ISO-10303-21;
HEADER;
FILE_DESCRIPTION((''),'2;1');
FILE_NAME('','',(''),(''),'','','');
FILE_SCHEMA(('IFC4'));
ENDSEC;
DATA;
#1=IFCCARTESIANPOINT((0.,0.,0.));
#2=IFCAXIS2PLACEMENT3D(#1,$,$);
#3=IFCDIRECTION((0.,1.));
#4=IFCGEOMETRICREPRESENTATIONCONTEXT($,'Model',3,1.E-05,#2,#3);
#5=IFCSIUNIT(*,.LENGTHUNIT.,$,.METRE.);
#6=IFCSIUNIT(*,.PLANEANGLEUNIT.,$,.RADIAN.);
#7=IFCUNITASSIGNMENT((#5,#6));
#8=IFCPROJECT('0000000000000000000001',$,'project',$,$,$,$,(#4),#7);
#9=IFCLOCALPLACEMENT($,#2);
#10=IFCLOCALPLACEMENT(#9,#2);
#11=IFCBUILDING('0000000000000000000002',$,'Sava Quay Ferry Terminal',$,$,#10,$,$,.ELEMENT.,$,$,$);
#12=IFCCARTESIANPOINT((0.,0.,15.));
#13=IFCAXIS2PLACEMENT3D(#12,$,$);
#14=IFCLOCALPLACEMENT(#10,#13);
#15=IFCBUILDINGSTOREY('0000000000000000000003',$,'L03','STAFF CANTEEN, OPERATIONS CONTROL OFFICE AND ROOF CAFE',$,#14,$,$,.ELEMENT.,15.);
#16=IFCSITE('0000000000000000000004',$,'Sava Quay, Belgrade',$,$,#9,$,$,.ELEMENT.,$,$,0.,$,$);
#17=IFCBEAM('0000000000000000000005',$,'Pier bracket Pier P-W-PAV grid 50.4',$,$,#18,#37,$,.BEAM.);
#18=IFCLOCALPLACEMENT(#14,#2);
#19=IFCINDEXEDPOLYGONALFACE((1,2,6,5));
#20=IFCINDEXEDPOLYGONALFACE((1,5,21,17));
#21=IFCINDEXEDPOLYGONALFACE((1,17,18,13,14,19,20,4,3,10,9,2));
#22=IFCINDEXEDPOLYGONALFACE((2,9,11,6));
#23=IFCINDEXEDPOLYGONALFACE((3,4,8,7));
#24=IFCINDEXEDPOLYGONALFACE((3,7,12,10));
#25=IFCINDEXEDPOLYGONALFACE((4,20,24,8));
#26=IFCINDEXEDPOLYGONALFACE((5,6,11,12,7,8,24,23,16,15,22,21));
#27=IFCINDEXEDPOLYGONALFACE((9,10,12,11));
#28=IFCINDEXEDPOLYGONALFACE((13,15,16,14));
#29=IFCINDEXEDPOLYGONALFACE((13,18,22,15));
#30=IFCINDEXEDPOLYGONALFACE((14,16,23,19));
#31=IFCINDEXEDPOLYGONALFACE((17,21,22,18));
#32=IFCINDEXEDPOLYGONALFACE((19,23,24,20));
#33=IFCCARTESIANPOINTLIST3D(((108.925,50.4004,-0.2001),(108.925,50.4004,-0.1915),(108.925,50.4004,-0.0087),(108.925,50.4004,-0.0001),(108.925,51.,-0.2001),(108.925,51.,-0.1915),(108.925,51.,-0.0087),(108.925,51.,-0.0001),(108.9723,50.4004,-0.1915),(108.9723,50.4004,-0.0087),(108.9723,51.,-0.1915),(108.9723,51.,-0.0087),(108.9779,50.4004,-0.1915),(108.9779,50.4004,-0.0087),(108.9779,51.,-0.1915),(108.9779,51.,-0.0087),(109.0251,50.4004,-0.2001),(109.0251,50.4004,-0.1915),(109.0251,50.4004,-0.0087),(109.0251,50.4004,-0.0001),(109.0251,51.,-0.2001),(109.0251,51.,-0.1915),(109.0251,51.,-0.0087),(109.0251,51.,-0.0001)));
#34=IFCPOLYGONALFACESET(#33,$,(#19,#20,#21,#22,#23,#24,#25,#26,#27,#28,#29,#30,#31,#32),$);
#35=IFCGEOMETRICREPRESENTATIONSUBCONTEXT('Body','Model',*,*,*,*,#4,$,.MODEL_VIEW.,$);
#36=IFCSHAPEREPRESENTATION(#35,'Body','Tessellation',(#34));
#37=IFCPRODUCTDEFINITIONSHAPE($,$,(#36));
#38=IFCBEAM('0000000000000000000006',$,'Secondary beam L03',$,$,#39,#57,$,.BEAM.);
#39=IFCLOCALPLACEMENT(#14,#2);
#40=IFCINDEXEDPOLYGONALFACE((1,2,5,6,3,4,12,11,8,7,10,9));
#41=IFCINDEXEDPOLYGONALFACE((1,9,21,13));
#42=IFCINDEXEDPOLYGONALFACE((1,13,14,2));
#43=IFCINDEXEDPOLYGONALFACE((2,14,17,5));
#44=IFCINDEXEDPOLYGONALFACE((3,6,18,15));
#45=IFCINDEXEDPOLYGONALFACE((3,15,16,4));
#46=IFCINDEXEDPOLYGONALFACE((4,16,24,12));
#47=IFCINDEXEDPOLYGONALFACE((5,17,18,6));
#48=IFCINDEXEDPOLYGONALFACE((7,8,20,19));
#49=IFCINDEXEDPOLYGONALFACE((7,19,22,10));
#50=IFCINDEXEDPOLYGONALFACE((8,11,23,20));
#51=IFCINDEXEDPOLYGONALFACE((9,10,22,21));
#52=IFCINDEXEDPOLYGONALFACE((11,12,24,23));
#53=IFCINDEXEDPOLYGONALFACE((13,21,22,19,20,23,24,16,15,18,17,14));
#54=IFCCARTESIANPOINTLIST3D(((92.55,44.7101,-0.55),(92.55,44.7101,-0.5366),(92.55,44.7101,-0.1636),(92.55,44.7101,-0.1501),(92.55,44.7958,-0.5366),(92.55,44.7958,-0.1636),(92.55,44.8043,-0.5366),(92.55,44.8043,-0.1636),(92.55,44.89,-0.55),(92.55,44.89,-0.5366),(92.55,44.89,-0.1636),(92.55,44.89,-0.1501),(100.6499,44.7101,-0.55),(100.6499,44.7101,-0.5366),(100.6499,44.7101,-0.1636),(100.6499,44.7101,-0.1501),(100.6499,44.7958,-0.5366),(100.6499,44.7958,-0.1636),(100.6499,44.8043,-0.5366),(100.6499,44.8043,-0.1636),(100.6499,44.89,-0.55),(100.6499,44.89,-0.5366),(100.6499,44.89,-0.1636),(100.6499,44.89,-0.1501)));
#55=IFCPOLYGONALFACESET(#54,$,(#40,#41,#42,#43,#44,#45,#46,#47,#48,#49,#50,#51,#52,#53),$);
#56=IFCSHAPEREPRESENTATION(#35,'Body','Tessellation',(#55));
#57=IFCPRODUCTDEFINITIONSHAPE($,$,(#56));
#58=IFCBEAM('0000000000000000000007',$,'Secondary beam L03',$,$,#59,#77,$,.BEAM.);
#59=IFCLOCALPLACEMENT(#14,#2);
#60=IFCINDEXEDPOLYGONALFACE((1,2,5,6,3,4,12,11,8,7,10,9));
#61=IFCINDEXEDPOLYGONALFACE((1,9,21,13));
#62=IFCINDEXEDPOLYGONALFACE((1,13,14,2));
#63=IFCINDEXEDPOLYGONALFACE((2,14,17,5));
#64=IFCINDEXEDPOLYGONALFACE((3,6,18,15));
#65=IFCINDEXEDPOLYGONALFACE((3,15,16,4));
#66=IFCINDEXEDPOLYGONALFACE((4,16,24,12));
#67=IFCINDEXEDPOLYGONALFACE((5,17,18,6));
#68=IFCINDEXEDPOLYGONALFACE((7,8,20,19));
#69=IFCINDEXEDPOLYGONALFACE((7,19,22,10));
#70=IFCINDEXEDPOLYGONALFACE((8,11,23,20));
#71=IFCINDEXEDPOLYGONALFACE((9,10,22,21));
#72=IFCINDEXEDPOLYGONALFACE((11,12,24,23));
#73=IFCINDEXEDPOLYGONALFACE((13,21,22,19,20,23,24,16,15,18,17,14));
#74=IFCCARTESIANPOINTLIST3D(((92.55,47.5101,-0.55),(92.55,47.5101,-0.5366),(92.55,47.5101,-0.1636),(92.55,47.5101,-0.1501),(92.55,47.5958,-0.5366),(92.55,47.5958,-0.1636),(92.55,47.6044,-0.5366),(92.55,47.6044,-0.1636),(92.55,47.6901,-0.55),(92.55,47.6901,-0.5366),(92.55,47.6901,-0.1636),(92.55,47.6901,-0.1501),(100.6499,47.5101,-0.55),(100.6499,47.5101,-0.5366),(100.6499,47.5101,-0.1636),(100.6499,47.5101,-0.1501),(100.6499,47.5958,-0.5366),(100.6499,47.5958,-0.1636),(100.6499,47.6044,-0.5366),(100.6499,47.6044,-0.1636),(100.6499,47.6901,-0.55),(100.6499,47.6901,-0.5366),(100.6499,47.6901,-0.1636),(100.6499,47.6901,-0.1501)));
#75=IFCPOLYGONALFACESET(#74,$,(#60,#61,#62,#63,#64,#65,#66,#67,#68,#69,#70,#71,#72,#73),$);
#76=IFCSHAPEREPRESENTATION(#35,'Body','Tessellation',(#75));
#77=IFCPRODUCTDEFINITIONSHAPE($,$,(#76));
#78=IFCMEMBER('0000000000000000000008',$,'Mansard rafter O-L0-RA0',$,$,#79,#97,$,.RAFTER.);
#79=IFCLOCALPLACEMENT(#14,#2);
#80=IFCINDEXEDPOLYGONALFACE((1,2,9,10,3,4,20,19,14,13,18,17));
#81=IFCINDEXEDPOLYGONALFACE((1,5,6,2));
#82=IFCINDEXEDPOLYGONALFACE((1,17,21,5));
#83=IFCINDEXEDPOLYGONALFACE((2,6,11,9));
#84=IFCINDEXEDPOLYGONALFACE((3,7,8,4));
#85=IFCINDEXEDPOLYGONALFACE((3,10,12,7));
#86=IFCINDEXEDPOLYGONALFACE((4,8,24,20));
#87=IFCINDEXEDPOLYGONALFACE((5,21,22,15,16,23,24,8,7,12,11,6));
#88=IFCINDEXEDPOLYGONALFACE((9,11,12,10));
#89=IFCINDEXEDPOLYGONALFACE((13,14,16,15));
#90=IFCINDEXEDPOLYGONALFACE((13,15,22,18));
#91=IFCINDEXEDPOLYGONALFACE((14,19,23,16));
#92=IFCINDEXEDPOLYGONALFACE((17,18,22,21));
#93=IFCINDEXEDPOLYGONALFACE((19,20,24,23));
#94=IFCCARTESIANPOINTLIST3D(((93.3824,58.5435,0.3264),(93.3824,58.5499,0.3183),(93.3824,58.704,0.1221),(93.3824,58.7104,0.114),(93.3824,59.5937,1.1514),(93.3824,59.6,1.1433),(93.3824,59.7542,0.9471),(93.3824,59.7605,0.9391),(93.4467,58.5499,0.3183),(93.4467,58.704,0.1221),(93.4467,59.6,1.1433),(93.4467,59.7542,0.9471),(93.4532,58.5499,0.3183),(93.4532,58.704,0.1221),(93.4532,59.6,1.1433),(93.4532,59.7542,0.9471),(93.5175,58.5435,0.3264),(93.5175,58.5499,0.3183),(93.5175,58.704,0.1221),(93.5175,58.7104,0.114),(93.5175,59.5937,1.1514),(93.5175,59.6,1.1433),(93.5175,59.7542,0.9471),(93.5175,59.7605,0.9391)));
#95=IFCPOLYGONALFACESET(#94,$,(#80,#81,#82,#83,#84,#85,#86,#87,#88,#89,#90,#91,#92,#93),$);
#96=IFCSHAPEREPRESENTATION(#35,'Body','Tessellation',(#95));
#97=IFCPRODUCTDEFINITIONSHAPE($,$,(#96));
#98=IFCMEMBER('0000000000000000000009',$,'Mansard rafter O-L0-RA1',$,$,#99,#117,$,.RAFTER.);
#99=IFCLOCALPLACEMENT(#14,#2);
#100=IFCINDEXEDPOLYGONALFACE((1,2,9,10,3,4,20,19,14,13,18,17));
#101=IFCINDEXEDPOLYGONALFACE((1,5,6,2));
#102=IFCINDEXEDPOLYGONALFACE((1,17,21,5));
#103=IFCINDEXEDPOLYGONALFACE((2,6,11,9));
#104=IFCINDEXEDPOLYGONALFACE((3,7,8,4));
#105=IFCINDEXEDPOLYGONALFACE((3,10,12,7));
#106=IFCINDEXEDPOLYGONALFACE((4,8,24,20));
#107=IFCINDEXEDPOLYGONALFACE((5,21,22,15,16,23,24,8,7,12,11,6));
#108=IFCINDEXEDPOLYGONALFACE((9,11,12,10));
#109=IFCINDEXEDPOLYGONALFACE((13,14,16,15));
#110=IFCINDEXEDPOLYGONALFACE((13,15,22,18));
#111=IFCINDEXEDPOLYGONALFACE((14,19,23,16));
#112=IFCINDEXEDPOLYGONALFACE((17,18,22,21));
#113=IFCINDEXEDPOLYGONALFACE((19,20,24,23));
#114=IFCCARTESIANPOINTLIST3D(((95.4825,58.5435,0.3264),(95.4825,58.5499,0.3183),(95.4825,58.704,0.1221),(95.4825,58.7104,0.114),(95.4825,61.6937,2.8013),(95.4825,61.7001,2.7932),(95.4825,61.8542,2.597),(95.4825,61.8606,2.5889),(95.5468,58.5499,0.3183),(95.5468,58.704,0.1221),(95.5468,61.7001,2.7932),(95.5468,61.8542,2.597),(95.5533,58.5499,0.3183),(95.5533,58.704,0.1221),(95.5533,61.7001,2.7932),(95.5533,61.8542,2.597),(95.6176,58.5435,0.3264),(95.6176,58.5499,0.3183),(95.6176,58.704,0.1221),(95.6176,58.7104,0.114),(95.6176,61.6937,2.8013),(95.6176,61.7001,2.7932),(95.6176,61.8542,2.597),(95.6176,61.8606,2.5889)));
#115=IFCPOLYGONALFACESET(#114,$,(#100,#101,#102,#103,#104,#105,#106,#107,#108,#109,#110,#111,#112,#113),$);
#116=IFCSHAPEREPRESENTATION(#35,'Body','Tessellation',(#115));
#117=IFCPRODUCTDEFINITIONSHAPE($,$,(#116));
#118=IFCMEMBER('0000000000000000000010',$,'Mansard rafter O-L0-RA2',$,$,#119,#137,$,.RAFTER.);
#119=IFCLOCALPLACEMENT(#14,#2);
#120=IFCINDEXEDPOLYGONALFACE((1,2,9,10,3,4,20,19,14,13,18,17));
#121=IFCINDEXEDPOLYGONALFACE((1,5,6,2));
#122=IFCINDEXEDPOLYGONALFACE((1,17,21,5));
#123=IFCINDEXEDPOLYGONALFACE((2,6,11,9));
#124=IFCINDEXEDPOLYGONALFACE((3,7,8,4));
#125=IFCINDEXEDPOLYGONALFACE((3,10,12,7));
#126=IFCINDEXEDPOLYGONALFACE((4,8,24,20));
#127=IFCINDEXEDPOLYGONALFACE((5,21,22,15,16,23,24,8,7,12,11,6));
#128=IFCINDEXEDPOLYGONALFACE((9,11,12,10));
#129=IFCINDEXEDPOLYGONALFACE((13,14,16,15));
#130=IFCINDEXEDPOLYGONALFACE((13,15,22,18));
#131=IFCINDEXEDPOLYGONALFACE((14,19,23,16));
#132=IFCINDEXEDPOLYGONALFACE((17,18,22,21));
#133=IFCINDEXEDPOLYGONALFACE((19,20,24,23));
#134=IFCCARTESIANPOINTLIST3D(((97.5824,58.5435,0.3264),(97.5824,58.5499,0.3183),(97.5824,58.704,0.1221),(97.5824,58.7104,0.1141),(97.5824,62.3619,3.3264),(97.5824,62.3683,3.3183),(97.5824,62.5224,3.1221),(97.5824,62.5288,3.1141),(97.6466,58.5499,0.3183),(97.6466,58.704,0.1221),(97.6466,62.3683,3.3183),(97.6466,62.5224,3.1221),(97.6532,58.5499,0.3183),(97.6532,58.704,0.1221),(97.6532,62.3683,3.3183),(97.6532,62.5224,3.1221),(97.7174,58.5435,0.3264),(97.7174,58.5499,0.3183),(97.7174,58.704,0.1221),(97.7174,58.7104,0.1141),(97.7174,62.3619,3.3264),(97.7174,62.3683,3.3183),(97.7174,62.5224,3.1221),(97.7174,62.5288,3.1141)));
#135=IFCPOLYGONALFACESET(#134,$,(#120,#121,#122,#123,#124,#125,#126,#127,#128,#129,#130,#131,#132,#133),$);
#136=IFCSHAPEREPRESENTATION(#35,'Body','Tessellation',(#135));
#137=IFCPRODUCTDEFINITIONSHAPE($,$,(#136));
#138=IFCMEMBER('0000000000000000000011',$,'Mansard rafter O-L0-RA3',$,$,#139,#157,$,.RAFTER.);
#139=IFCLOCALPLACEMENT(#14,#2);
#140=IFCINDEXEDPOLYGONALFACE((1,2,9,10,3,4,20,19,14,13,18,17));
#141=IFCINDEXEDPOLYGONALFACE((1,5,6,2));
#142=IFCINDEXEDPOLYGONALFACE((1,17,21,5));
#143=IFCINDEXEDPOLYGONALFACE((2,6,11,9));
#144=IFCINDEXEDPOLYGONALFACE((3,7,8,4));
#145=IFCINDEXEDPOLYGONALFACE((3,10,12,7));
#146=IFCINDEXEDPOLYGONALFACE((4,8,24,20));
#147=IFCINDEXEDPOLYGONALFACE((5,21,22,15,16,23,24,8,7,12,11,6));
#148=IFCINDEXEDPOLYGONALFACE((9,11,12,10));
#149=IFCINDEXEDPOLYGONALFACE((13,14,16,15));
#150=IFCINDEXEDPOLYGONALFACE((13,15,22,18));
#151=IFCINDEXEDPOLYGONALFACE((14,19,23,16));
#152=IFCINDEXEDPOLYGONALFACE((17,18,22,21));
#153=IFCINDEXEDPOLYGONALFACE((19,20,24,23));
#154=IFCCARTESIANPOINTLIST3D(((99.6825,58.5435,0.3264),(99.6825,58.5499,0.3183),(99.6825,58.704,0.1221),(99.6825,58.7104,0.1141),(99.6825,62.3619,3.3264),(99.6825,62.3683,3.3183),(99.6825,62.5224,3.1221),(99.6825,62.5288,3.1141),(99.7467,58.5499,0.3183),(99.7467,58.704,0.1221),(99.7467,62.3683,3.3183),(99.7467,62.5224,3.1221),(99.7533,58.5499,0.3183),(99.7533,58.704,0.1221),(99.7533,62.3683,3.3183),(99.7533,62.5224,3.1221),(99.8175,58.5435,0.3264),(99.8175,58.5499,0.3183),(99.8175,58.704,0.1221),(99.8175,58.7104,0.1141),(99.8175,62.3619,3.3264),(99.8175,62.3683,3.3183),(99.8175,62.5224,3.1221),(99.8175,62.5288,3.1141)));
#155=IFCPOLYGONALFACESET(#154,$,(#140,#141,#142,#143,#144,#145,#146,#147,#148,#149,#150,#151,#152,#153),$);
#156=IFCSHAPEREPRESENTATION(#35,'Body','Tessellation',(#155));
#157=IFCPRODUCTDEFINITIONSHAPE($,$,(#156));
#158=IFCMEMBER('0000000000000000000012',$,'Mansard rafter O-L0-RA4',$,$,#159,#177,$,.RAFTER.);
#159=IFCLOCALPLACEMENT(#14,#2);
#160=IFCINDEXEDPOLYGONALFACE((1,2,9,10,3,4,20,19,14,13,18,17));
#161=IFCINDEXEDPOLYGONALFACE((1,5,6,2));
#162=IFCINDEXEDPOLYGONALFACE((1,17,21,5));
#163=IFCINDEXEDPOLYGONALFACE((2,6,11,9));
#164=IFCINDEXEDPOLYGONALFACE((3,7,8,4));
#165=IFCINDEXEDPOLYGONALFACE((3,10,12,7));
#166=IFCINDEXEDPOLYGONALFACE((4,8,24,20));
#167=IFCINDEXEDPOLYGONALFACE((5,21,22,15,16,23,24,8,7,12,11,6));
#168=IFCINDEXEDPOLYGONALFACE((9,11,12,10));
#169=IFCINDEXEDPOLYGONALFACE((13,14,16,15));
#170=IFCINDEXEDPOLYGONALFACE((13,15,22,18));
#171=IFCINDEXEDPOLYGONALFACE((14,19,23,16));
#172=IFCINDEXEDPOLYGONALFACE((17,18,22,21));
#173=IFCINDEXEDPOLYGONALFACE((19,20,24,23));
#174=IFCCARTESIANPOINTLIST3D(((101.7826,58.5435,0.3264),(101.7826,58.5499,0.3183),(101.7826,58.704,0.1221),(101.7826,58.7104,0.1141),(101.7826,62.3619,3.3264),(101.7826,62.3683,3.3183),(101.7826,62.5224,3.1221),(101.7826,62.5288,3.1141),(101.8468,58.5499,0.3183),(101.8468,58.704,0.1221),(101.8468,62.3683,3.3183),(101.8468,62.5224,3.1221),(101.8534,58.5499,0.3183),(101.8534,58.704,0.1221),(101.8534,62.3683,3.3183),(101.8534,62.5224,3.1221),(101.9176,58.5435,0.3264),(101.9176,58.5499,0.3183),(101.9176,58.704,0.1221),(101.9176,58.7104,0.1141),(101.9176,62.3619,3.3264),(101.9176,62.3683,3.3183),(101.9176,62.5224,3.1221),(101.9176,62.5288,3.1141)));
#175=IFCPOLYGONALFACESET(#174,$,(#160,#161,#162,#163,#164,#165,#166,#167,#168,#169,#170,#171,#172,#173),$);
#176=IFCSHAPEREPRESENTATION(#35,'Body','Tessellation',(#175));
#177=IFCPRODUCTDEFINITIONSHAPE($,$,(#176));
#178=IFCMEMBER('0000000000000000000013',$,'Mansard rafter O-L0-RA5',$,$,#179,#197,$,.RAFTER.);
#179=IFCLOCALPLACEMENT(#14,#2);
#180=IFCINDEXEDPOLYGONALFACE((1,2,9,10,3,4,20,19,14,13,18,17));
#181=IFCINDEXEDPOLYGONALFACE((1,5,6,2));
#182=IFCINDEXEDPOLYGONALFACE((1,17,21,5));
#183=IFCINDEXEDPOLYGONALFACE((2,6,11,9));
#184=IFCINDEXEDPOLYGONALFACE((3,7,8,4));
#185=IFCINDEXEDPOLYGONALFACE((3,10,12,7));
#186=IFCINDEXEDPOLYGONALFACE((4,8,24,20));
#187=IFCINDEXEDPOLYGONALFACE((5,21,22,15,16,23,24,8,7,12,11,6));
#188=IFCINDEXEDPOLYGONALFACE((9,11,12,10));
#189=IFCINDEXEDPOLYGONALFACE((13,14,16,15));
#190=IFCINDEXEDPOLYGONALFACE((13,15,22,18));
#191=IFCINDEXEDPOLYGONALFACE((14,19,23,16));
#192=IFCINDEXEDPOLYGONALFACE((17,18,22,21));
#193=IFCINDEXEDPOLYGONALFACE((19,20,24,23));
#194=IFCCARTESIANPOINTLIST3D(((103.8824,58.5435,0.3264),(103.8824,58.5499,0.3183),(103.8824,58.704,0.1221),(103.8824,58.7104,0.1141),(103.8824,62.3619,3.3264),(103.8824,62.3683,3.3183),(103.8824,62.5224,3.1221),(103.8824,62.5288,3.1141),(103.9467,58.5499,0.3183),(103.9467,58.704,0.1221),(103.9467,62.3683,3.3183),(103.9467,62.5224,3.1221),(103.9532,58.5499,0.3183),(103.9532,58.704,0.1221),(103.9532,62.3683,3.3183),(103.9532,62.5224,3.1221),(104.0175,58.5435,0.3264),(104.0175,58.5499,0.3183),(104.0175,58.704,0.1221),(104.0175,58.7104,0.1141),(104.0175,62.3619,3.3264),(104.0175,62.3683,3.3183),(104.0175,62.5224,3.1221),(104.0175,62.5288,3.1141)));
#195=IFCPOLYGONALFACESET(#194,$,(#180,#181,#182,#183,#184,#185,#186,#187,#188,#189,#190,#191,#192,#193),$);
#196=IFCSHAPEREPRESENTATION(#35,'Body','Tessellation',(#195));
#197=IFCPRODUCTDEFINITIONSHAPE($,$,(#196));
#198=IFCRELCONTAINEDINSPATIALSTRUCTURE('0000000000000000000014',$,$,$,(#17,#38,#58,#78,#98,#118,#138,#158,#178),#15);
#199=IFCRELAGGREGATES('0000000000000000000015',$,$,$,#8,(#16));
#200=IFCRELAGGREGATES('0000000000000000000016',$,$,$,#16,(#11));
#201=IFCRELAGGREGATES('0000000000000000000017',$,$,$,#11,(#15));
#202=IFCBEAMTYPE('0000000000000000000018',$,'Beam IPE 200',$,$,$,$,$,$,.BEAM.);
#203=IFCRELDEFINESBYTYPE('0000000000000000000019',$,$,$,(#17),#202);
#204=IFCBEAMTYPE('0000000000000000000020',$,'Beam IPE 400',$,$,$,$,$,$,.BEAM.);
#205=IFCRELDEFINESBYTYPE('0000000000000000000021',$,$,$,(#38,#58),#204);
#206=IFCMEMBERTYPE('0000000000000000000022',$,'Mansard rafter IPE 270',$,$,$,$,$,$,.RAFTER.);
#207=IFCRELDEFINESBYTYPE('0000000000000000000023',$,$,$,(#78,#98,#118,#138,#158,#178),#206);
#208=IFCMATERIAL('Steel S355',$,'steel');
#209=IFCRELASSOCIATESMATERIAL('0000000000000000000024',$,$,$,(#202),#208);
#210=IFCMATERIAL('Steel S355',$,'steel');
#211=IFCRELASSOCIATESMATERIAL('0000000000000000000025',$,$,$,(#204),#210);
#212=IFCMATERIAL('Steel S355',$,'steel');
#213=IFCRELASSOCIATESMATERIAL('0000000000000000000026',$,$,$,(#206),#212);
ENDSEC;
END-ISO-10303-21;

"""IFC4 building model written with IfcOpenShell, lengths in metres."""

from ifc_helpers import new_model, si_unit, direction, frame, origin, origin_2d, place, context, subcontext, project, spatial, i_section, extrude, material, material_profile, profile_set, type_object, element, save


model = new_model("IFC4")

# Units and contexts
model_context = context("Model", 3, precision=1e-05, world=origin(), true_north=direction((0.0, 1.0)))
body_context = subcontext(model_context, "Body", "Model", "MODEL_VIEW")
ifc_project = project(units=[si_unit("LENGTHUNIT", "METRE"), si_unit("PLANEANGLEUNIT", "RADIAN")], contexts=[model_context])

# Site, building, storey
site_placement = place(None, origin())
site = spatial("IfcSite", under=ifc_project, at=site_placement, Name="Sava Quay, Belgrade", CompositionType="ELEMENT", RefElevation=0.0)
building_placement = place(site_placement, origin())
building = spatial("IfcBuilding", under=site, at=building_placement, Name="Sava Quay Ferry Terminal", CompositionType="ELEMENT")
storey_placement = place(building_placement, frame((0.0, 0.0, 15.0)))
storey = spatial("IfcBuildingStorey", under=building, at=storey_placement, Name="L03", Description="STAFF CANTEEN, OPERATIONS CONTROL OFFICE AND ROOF CAFE", CompositionType="ELEMENT", Elevation=15.0)

# Beams
ifc_material_1 = material(Name="Steel S355", Category="steel")
ifc_material_profile_1 = material_profile(ifc_material_1, i_section(OverallWidth=0.1001, OverallDepth=0.2, WebThickness=0.0056, FlangeThickness=0.0085, at=origin_2d()), Name="IPE 200")
ifc_profile_set_1 = profile_set([ifc_material_profile_1], Name="Steel S355")
beam_type_1 = type_object("IfcBeamType", Name="Beam IPE 200", PredefinedType="BEAM", material=ifc_profile_set_1)
beam_placement = place(storey_placement, frame((108.9751, 50.4004, -0.1001), z_axis=(0.0, 1.0, 0.0), x_axis=(-1.0, 0.0, 0.0)))
element("IfcBeam", 1, at=beam_placement, inside=storey, type_object=beam_type_1, Name="Pier bracket Pier P-W-PAV grid 50.4", PredefinedType="BEAM", context=body_context, shape_type="SweptSolid", body=[
    extrude(i_section(OverallWidth=0.1001, OverallDepth=0.2, WebThickness=0.0056, FlangeThickness=0.0085, at=origin_2d()), origin(), (0.0, 0.0, 1.0), 0.5996),
])
ifc_material_2 = material(Name="Steel S355", Category="steel")
ifc_material_profile_2 = material_profile(ifc_material_2, i_section(OverallWidth=0.1799, OverallDepth=0.3999, WebThickness=0.0085, FlangeThickness=0.0134, at=origin_2d()), Name="IPE 400")
ifc_profile_set_2 = profile_set([ifc_material_profile_2], Name="Steel S355")
beam_type_2 = type_object("IfcBeamType", Name="Beam IPE 400", PredefinedType="BEAM", material=ifc_profile_set_2)
for number, where, z_axis, x_axis, name in (
    (2, (92.55, 44.8, -0.3501), (1.0, 0.0, 0.0), (0.0, 1.0, 0.0), "Secondary beam L03"),
    (3, (92.55, 47.6001, -0.3501), (1.0, 0.0, 0.0), (0.0, 1.0, 0.0), "Secondary beam L03"),
):
    element("IfcBeam", number, at=place(storey_placement, frame(where, z_axis=z_axis, x_axis=x_axis)), inside=storey, type_object=beam_type_2, Name=name, PredefinedType="BEAM", context=body_context, shape_type="SweptSolid", body=[
        extrude(i_section(OverallWidth=0.1799, OverallDepth=0.3999, WebThickness=0.0085, FlangeThickness=0.0134, at=origin_2d()), origin(), (0.0, 0.0, 1.0), 8.0999),
    ])

# Members
ifc_material_3 = material(Name="Steel S355", Category="steel")
ifc_material_profile_3 = material_profile(ifc_material_3, i_section(OverallWidth=0.135, OverallDepth=0.27, WebThickness=0.0066, FlangeThickness=0.0103, at=origin_2d()), Name="IPE 270")
ifc_profile_set_3 = profile_set([ifc_material_profile_3], Name="Steel S355")
member_type_1 = type_object("IfcMemberType", Name="Mansard rafter IPE 270", PredefinedType="RAFTER", material=ifc_profile_set_3)
member_1_placement = place(storey_placement, frame((93.45, 58.627, 0.2202), z_axis=(0.0, 0.78635, 0.617781), x_axis=(-1.0, 0.0, 0.0)))
element("IfcMember", 4, at=member_1_placement, inside=storey, type_object=member_type_1, Name="Mansard rafter O-L0-RA0", PredefinedType="RAFTER", context=body_context, shape_type="SweptSolid", body=[
    extrude(i_section(OverallWidth=0.135, OverallDepth=0.27, WebThickness=0.0066, FlangeThickness=0.0103, at=origin_2d()), origin(), (0.0, 0.0, 1.0), 1.3354),
])
member_2_placement = place(storey_placement, frame((95.55, 58.627, 0.2202), z_axis=(0.0, 0.78635, 0.617781), x_axis=(-1.0, 0.0, 0.0)))
element("IfcMember", 5, at=member_2_placement, inside=storey, type_object=member_type_1, Name="Mansard rafter O-L0-RA1", PredefinedType="RAFTER", context=body_context, shape_type="SweptSolid", body=[
    extrude(i_section(OverallWidth=0.135, OverallDepth=0.27, WebThickness=0.0066, FlangeThickness=0.0103, at=origin_2d()), origin(), (0.0, 0.0, 1.0), 4.0061),
])
for number, where, z_axis, x_axis, name in (
    (6, (97.6499, 58.627, 0.2202), (0.0, 0.786332, 0.617804), (-1.0, 0.0, 0.0), "Mansard rafter O-L0-RA2"),
    (7, (99.75, 58.627, 0.2202), (0.0, 0.786332, 0.617804), (-1.0, 0.0, 0.0), "Mansard rafter O-L0-RA3"),
    (8, (101.8501, 58.627, 0.2202), (0.0, 0.786332, 0.617804), (-1.0, 0.0, 0.0), "Mansard rafter O-L0-RA4"),
    (9, (103.95, 58.627, 0.2202), (0.0, 0.786332, 0.617804), (-1.0, 0.0, 0.0), "Mansard rafter O-L0-RA5"),
):
    element("IfcMember", number, at=place(storey_placement, frame(where, z_axis=z_axis, x_axis=x_axis)), inside=storey, type_object=member_type_1, Name=name, PredefinedType="RAFTER", context=body_context, shape_type="SweptSolid", body=[
        extrude(i_section(OverallWidth=0.135, OverallDepth=0.27, WebThickness=0.0066, FlangeThickness=0.0103, at=origin_2d()), origin(), (0.0, 0.0, 1.0), 4.856),
    ])

save(model, "model.ifc")
